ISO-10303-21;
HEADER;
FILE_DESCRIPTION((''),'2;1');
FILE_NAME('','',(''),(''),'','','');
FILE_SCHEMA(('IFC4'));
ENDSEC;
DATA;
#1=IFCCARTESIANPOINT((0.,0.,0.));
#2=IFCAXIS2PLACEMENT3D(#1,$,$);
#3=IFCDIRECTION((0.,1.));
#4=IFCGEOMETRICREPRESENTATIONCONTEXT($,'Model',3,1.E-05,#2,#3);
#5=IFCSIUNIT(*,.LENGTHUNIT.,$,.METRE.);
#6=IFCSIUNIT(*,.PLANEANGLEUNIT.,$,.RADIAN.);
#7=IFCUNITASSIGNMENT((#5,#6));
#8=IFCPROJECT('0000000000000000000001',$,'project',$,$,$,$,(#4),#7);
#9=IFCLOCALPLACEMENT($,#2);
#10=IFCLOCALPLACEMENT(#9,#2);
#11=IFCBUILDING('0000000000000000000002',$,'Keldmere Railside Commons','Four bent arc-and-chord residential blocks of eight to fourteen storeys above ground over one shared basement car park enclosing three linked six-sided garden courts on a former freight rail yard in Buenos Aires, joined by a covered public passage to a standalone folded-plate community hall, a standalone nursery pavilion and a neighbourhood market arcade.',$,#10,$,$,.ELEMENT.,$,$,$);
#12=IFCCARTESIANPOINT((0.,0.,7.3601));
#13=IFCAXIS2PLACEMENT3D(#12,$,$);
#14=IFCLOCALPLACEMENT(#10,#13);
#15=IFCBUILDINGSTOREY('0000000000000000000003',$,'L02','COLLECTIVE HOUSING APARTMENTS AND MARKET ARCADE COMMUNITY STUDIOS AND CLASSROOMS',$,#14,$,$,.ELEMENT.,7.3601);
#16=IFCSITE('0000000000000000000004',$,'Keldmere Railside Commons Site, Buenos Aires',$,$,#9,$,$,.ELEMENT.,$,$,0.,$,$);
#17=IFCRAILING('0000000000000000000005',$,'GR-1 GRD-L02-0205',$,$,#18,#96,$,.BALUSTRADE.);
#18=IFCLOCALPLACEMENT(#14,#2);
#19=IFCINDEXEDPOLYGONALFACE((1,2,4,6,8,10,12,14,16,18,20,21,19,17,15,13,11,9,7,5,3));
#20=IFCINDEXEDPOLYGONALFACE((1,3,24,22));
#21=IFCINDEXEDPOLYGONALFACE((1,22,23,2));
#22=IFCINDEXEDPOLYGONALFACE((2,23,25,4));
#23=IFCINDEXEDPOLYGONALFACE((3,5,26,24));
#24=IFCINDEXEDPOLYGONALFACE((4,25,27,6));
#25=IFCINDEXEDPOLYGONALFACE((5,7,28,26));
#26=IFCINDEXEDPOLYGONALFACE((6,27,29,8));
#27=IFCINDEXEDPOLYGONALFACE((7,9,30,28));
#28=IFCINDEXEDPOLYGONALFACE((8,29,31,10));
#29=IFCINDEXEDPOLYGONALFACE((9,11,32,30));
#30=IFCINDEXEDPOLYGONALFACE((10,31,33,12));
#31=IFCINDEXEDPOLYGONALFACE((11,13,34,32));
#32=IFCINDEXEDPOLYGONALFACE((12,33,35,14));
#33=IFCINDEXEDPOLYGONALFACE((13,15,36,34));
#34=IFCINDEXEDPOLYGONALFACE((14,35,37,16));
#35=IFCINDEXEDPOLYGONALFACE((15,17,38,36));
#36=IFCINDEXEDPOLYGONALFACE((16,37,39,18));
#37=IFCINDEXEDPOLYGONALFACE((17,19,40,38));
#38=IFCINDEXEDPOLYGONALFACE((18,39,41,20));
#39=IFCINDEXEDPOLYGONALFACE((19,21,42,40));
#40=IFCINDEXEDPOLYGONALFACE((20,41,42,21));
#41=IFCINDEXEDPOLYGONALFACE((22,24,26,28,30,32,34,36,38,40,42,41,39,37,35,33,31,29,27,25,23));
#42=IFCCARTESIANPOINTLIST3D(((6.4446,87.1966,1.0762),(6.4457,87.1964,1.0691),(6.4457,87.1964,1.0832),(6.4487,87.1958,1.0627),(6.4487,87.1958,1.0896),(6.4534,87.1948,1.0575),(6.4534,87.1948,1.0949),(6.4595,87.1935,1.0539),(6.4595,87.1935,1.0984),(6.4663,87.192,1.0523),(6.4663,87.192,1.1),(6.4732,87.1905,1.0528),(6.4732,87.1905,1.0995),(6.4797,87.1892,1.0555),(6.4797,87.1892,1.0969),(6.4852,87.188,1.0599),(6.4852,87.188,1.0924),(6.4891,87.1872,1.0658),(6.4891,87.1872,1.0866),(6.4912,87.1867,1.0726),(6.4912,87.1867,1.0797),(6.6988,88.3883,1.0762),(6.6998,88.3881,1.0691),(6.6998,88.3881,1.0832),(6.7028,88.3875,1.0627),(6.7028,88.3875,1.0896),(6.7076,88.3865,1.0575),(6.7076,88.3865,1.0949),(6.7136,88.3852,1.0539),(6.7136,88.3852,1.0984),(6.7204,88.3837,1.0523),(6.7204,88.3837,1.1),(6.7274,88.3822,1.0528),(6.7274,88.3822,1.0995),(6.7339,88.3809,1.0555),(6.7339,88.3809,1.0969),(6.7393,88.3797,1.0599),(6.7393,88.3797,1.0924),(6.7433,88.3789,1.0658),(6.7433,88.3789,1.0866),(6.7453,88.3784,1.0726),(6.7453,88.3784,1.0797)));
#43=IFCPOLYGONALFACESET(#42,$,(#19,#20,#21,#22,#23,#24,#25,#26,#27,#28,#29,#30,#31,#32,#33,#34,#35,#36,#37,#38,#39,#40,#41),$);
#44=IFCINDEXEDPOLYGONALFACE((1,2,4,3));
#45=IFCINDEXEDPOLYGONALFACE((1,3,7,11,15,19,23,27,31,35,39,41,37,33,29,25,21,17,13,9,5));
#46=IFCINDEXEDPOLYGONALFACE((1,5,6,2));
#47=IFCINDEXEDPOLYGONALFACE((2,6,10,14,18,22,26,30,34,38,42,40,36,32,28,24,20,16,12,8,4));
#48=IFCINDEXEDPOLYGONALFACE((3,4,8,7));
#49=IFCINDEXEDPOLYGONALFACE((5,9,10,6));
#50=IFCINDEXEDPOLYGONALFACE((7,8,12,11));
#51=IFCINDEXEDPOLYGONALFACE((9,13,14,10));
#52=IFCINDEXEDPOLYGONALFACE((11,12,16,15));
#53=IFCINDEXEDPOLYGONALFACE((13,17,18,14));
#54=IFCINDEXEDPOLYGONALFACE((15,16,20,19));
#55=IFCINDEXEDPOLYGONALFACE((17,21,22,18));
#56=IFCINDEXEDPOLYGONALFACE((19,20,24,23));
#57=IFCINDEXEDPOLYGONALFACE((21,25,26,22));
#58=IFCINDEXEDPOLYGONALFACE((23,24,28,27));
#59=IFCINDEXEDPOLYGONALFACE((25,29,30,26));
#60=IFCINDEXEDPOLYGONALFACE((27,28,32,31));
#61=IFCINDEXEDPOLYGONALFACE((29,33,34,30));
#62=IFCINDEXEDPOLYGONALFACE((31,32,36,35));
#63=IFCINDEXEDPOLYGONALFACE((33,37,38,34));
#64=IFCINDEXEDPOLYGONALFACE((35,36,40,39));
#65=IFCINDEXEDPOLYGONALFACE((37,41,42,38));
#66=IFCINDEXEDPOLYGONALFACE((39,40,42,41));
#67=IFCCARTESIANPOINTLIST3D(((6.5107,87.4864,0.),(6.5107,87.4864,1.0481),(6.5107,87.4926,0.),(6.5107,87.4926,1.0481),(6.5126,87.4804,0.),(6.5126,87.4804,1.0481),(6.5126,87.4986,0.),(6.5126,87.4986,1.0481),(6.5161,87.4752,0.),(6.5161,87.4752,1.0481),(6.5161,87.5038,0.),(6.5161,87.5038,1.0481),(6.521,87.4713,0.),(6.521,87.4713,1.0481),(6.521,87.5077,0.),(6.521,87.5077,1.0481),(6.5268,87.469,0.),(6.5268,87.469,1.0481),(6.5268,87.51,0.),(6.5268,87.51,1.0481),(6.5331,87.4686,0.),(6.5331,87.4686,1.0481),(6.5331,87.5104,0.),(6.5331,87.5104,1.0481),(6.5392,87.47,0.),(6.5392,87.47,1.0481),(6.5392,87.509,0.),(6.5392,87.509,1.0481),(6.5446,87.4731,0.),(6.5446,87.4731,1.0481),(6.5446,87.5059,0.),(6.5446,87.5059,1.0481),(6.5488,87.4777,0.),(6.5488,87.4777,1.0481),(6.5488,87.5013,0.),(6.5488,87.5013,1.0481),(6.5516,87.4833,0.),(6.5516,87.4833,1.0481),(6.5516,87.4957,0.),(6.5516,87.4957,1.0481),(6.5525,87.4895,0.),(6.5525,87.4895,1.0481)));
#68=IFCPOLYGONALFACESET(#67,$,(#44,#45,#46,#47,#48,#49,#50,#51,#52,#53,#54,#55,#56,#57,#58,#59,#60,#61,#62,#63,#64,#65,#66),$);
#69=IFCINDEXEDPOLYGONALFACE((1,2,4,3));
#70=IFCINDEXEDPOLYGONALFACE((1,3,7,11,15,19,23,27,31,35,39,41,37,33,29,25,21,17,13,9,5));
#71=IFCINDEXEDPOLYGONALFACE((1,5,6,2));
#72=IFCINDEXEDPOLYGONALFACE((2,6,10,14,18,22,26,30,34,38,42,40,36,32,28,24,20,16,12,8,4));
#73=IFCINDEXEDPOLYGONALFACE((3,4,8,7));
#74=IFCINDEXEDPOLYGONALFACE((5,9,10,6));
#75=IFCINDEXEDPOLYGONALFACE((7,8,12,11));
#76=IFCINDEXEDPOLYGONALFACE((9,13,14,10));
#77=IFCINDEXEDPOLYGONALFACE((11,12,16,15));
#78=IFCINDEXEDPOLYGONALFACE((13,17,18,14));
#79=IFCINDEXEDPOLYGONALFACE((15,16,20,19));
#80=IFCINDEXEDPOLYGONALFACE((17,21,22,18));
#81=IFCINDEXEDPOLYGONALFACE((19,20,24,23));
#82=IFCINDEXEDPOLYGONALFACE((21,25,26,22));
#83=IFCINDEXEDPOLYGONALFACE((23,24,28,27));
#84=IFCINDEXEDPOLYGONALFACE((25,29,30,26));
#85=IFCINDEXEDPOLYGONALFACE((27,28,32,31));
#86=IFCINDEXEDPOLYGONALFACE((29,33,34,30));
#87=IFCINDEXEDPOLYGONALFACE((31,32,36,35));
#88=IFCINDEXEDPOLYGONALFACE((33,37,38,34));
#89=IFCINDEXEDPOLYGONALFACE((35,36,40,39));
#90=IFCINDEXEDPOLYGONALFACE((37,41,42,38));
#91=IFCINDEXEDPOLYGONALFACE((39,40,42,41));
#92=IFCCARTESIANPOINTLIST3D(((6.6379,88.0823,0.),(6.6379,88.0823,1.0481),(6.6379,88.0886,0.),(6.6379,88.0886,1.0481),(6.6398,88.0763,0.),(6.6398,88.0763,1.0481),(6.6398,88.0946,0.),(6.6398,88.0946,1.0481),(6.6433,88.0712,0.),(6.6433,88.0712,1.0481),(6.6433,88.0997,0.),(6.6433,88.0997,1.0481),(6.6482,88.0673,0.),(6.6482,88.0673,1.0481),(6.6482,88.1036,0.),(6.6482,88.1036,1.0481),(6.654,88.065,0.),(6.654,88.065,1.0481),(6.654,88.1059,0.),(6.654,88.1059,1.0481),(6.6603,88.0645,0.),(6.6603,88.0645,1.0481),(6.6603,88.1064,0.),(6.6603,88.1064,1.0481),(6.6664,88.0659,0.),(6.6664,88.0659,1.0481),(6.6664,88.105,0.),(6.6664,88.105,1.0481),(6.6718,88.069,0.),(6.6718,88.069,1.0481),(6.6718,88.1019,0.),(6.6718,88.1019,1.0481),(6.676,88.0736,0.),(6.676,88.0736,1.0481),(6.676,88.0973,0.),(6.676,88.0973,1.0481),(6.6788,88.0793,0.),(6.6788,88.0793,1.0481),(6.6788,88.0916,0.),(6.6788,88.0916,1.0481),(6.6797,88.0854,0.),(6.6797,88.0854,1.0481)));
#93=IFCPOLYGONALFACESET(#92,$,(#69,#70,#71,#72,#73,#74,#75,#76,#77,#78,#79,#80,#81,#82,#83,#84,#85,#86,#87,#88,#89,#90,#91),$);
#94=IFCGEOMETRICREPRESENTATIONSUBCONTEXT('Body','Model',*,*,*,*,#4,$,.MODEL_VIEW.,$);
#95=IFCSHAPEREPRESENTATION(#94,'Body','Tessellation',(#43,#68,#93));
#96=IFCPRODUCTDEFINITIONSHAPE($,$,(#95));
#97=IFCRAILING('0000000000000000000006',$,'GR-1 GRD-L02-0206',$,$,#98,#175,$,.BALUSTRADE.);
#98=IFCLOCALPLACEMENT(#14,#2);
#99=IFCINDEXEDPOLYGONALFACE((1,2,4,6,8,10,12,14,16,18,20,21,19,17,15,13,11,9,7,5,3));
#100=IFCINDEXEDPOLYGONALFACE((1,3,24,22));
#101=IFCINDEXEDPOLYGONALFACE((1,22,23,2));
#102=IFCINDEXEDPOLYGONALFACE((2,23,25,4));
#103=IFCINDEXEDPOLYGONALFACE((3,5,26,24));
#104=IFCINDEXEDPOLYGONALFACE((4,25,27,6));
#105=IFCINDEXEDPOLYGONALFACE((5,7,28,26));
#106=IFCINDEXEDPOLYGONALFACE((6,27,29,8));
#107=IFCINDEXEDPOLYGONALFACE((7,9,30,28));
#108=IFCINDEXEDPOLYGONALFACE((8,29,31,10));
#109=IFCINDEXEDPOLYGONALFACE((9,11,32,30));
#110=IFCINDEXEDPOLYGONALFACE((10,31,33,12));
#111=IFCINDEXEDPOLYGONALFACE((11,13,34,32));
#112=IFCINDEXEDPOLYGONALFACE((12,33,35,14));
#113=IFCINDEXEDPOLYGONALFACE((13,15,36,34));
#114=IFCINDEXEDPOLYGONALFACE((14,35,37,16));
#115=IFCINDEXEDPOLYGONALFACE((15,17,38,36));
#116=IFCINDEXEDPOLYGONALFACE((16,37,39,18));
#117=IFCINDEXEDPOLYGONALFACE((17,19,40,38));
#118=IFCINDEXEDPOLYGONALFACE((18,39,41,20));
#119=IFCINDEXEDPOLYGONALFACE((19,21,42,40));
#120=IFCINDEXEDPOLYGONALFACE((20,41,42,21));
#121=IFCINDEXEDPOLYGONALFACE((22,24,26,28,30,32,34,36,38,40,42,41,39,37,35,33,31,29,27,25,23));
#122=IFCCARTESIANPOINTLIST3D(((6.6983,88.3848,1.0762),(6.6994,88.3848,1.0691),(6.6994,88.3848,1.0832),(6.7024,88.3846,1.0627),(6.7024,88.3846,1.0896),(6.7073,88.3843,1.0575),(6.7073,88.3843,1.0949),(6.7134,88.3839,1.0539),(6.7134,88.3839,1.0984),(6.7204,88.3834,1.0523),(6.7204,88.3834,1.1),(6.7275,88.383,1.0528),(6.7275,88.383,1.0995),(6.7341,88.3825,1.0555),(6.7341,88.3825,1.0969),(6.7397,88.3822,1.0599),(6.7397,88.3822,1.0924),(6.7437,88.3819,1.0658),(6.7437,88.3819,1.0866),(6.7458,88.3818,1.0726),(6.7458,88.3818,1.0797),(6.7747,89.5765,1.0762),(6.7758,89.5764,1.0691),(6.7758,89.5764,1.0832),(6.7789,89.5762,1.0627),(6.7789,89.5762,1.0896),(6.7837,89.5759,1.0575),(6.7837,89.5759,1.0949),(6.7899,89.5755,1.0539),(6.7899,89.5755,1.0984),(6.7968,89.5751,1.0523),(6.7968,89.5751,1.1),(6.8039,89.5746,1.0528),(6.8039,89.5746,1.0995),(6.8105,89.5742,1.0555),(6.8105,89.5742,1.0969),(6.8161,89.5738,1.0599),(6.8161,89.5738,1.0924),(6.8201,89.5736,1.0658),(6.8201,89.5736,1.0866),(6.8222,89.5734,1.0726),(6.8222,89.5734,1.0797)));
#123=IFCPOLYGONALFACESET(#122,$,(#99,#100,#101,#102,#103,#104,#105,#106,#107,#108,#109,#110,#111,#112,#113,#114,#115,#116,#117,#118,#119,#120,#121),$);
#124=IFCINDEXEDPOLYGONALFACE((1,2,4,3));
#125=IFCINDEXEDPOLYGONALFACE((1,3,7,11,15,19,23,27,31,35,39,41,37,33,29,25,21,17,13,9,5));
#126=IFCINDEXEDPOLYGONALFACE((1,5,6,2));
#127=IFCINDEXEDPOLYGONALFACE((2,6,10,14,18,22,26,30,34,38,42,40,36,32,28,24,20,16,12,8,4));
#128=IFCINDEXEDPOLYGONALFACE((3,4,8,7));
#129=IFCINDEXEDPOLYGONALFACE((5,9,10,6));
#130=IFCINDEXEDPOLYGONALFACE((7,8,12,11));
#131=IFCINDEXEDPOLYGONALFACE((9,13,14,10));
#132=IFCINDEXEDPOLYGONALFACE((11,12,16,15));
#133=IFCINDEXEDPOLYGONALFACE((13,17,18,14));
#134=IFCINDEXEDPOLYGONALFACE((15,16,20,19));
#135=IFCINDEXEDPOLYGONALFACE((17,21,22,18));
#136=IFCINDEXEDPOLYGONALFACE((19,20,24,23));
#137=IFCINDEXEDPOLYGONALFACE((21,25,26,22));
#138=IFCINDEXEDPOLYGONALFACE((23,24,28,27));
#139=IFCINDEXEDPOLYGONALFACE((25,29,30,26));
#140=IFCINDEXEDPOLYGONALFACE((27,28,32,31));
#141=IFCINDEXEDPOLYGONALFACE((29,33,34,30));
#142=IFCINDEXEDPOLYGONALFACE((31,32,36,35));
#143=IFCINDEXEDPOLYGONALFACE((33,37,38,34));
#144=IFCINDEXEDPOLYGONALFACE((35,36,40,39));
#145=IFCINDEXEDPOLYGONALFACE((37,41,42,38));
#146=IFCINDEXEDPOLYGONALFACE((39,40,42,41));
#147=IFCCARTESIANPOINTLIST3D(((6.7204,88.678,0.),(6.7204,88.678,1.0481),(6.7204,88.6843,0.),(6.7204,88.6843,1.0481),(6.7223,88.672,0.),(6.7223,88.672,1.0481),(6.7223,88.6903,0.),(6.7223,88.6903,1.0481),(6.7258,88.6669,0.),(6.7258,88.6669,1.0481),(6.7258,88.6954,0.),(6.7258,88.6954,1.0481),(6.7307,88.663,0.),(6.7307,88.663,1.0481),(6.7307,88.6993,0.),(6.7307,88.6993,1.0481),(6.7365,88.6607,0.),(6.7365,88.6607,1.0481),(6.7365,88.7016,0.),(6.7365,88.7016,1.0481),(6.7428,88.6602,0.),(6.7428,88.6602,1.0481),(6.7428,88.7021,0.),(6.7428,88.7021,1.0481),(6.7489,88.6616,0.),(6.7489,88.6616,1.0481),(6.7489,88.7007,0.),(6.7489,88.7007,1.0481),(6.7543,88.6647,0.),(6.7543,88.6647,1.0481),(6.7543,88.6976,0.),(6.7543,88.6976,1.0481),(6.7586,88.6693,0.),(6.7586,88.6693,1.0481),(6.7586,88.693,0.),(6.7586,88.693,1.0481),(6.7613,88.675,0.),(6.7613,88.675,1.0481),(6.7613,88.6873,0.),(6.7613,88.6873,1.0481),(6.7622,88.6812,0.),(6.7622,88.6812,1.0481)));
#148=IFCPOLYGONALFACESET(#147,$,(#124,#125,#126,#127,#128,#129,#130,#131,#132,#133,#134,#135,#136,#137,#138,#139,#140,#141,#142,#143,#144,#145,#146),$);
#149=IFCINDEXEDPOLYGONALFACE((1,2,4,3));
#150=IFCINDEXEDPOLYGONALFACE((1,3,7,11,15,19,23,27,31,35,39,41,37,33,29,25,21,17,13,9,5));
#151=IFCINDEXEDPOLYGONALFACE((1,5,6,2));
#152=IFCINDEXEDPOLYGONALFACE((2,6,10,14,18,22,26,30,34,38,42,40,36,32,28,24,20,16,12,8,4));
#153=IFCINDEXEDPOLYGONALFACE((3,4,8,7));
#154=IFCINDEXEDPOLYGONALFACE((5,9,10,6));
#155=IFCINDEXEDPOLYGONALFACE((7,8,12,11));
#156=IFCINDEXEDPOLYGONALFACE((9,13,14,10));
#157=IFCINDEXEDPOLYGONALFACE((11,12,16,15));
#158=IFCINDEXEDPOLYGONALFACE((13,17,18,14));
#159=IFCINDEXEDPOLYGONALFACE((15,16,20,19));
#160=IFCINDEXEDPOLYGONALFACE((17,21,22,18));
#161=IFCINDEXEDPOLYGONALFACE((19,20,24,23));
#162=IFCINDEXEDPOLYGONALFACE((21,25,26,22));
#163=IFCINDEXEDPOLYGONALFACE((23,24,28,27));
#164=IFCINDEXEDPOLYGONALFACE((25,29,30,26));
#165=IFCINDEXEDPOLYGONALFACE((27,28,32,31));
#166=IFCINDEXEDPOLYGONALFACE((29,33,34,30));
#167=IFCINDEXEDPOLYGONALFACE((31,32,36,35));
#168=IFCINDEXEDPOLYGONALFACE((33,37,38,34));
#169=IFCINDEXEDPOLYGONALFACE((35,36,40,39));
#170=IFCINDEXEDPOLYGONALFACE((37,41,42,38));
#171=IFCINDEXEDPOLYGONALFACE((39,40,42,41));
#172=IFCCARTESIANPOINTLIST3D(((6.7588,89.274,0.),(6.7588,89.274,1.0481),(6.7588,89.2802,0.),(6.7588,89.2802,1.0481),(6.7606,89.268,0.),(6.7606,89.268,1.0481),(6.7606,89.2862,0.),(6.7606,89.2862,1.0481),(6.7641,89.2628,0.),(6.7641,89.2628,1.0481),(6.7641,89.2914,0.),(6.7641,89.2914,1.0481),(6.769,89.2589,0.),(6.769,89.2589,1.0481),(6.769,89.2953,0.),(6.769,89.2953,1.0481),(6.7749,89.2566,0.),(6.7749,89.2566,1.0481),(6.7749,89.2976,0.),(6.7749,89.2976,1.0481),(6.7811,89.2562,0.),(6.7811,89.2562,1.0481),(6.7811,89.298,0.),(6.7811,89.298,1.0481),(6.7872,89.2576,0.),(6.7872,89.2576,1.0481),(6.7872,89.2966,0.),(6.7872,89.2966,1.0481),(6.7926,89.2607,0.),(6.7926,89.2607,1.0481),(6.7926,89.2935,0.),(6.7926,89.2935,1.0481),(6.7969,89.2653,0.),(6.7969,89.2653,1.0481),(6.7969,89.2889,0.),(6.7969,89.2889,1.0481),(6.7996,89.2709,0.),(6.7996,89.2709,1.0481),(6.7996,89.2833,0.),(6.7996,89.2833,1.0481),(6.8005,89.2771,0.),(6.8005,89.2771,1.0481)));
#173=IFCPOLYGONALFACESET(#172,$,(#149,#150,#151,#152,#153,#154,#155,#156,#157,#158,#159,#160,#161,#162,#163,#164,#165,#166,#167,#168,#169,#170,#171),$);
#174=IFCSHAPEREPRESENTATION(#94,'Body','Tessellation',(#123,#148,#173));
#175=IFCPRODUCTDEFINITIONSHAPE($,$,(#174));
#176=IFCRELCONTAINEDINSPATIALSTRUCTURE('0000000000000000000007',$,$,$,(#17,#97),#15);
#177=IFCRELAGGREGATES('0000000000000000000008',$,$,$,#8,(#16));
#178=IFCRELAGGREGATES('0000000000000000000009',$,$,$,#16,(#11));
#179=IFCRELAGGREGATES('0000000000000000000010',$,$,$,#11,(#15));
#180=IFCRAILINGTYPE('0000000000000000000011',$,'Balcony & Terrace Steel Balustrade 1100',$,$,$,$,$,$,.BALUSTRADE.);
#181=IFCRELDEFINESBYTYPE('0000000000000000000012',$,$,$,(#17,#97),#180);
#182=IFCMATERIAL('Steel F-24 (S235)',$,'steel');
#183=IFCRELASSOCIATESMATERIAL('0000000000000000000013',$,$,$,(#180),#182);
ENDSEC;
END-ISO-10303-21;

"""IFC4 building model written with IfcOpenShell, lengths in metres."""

from ifc_helpers import new_model, si_unit, direction, frame, origin, origin_2d, place, context, subcontext, project, spatial, circle, extrude, material, type_object, element, save


model = new_model("IFC4")

# Units and contexts
model_context = context("Model", 3, precision=1e-05, world=origin(), true_north=direction((0.0, 1.0)))
body_context = subcontext(model_context, "Body", "Model", "MODEL_VIEW")
ifc_project = project(units=[si_unit("LENGTHUNIT", "METRE"), si_unit("PLANEANGLEUNIT", "RADIAN")], contexts=[model_context])

# Site, building, storey
site_placement = place(None, origin())
site = spatial("IfcSite", under=ifc_project, at=site_placement, Name="Keldmere Railside Commons Site, Buenos Aires", CompositionType="ELEMENT", RefElevation=0.0)
building_placement = place(site_placement, origin())
building = spatial("IfcBuilding", under=site, at=building_placement, Name="Keldmere Railside Commons", Description="Four bent arc-and-chord residential blocks of eight to fourteen storeys above ground over one shared basement car park enclosing three linked six-sided garden courts on a former freight rail yard in Buenos Aires, joined by a covered public passage to a standalone folded-plate community hall, a standalone nursery pavilion and a neighbourhood market arcade.", CompositionType="ELEMENT")
storey_placement = place(building_placement, frame((0.0, 0.0, 7.3601)))
storey = spatial("IfcBuildingStorey", under=building, at=storey_placement, Name="L02", Description="COLLECTIVE HOUSING APARTMENTS AND MARKET ARCADE COMMUNITY STUDIOS AND CLASSROOMS", CompositionType="ELEMENT", Elevation=7.3601)

# Railings
ifc_material_1 = material(Name="Steel F-24 (S235)", Category="steel")
railing_type = type_object("IfcRailingType", Name="Balcony & Terrace Steel Balustrade 1100", PredefinedType="BALUSTRADE", material=ifc_material_1)
railing_1_placement = place(storey_placement, frame((6.468, 87.1917, 0.0)))
element("IfcRailing", 1, at=railing_1_placement, inside=storey, type_object=railing_type, Name="GR-1 GRD-L02-0205", PredefinedType="BALUSTRADE", context=body_context, shape_type="SweptSolid", body=[
    extrude(circle(Radius=0.0239, at=origin_2d()), frame((0.0, 0.0, 1.0762), z_axis=(0.208585, 0.978004, 0.0), x_axis=(-0.978004, 0.208585, 0.0)), (0.0, 0.0, 1.0), 1.2185),
    extrude(circle(Radius=0.021, at=origin_2d()), frame((0.0635, 0.2979, 0.0)), (0.0, 0.0, 1.0), 1.0481),
    extrude(circle(Radius=0.021, at=origin_2d()), frame((0.1907, 0.8938, 0.0)), (0.0, 0.0, 1.0), 1.0481),
])
railing_2_placement = place(storey_placement, frame((6.7222, 88.3833, 0.0)))
element("IfcRailing", 2, at=railing_2_placement, inside=storey, type_object=railing_type, Name="GR-1 GRD-L02-0206", PredefinedType="BALUSTRADE", context=body_context, shape_type="SweptSolid", body=[
    extrude(circle(Radius=0.0239, at=origin_2d()), frame((0.0, 0.0, 1.0762), z_axis=(0.063995, 0.99795, 0.0), x_axis=(-0.99795, 0.063995, 0.0)), (0.0, 0.0, 1.0), 1.1941),
    extrude(circle(Radius=0.021, at=origin_2d()), frame((0.019, 0.2979, 0.0)), (0.0, 0.0, 1.0), 1.0481),
    extrude(circle(Radius=0.021, at=origin_2d()), frame((0.0574, 0.8938, 0.0)), (0.0, 0.0, 1.0), 1.0481),
])

save(model, "model.ifc")
